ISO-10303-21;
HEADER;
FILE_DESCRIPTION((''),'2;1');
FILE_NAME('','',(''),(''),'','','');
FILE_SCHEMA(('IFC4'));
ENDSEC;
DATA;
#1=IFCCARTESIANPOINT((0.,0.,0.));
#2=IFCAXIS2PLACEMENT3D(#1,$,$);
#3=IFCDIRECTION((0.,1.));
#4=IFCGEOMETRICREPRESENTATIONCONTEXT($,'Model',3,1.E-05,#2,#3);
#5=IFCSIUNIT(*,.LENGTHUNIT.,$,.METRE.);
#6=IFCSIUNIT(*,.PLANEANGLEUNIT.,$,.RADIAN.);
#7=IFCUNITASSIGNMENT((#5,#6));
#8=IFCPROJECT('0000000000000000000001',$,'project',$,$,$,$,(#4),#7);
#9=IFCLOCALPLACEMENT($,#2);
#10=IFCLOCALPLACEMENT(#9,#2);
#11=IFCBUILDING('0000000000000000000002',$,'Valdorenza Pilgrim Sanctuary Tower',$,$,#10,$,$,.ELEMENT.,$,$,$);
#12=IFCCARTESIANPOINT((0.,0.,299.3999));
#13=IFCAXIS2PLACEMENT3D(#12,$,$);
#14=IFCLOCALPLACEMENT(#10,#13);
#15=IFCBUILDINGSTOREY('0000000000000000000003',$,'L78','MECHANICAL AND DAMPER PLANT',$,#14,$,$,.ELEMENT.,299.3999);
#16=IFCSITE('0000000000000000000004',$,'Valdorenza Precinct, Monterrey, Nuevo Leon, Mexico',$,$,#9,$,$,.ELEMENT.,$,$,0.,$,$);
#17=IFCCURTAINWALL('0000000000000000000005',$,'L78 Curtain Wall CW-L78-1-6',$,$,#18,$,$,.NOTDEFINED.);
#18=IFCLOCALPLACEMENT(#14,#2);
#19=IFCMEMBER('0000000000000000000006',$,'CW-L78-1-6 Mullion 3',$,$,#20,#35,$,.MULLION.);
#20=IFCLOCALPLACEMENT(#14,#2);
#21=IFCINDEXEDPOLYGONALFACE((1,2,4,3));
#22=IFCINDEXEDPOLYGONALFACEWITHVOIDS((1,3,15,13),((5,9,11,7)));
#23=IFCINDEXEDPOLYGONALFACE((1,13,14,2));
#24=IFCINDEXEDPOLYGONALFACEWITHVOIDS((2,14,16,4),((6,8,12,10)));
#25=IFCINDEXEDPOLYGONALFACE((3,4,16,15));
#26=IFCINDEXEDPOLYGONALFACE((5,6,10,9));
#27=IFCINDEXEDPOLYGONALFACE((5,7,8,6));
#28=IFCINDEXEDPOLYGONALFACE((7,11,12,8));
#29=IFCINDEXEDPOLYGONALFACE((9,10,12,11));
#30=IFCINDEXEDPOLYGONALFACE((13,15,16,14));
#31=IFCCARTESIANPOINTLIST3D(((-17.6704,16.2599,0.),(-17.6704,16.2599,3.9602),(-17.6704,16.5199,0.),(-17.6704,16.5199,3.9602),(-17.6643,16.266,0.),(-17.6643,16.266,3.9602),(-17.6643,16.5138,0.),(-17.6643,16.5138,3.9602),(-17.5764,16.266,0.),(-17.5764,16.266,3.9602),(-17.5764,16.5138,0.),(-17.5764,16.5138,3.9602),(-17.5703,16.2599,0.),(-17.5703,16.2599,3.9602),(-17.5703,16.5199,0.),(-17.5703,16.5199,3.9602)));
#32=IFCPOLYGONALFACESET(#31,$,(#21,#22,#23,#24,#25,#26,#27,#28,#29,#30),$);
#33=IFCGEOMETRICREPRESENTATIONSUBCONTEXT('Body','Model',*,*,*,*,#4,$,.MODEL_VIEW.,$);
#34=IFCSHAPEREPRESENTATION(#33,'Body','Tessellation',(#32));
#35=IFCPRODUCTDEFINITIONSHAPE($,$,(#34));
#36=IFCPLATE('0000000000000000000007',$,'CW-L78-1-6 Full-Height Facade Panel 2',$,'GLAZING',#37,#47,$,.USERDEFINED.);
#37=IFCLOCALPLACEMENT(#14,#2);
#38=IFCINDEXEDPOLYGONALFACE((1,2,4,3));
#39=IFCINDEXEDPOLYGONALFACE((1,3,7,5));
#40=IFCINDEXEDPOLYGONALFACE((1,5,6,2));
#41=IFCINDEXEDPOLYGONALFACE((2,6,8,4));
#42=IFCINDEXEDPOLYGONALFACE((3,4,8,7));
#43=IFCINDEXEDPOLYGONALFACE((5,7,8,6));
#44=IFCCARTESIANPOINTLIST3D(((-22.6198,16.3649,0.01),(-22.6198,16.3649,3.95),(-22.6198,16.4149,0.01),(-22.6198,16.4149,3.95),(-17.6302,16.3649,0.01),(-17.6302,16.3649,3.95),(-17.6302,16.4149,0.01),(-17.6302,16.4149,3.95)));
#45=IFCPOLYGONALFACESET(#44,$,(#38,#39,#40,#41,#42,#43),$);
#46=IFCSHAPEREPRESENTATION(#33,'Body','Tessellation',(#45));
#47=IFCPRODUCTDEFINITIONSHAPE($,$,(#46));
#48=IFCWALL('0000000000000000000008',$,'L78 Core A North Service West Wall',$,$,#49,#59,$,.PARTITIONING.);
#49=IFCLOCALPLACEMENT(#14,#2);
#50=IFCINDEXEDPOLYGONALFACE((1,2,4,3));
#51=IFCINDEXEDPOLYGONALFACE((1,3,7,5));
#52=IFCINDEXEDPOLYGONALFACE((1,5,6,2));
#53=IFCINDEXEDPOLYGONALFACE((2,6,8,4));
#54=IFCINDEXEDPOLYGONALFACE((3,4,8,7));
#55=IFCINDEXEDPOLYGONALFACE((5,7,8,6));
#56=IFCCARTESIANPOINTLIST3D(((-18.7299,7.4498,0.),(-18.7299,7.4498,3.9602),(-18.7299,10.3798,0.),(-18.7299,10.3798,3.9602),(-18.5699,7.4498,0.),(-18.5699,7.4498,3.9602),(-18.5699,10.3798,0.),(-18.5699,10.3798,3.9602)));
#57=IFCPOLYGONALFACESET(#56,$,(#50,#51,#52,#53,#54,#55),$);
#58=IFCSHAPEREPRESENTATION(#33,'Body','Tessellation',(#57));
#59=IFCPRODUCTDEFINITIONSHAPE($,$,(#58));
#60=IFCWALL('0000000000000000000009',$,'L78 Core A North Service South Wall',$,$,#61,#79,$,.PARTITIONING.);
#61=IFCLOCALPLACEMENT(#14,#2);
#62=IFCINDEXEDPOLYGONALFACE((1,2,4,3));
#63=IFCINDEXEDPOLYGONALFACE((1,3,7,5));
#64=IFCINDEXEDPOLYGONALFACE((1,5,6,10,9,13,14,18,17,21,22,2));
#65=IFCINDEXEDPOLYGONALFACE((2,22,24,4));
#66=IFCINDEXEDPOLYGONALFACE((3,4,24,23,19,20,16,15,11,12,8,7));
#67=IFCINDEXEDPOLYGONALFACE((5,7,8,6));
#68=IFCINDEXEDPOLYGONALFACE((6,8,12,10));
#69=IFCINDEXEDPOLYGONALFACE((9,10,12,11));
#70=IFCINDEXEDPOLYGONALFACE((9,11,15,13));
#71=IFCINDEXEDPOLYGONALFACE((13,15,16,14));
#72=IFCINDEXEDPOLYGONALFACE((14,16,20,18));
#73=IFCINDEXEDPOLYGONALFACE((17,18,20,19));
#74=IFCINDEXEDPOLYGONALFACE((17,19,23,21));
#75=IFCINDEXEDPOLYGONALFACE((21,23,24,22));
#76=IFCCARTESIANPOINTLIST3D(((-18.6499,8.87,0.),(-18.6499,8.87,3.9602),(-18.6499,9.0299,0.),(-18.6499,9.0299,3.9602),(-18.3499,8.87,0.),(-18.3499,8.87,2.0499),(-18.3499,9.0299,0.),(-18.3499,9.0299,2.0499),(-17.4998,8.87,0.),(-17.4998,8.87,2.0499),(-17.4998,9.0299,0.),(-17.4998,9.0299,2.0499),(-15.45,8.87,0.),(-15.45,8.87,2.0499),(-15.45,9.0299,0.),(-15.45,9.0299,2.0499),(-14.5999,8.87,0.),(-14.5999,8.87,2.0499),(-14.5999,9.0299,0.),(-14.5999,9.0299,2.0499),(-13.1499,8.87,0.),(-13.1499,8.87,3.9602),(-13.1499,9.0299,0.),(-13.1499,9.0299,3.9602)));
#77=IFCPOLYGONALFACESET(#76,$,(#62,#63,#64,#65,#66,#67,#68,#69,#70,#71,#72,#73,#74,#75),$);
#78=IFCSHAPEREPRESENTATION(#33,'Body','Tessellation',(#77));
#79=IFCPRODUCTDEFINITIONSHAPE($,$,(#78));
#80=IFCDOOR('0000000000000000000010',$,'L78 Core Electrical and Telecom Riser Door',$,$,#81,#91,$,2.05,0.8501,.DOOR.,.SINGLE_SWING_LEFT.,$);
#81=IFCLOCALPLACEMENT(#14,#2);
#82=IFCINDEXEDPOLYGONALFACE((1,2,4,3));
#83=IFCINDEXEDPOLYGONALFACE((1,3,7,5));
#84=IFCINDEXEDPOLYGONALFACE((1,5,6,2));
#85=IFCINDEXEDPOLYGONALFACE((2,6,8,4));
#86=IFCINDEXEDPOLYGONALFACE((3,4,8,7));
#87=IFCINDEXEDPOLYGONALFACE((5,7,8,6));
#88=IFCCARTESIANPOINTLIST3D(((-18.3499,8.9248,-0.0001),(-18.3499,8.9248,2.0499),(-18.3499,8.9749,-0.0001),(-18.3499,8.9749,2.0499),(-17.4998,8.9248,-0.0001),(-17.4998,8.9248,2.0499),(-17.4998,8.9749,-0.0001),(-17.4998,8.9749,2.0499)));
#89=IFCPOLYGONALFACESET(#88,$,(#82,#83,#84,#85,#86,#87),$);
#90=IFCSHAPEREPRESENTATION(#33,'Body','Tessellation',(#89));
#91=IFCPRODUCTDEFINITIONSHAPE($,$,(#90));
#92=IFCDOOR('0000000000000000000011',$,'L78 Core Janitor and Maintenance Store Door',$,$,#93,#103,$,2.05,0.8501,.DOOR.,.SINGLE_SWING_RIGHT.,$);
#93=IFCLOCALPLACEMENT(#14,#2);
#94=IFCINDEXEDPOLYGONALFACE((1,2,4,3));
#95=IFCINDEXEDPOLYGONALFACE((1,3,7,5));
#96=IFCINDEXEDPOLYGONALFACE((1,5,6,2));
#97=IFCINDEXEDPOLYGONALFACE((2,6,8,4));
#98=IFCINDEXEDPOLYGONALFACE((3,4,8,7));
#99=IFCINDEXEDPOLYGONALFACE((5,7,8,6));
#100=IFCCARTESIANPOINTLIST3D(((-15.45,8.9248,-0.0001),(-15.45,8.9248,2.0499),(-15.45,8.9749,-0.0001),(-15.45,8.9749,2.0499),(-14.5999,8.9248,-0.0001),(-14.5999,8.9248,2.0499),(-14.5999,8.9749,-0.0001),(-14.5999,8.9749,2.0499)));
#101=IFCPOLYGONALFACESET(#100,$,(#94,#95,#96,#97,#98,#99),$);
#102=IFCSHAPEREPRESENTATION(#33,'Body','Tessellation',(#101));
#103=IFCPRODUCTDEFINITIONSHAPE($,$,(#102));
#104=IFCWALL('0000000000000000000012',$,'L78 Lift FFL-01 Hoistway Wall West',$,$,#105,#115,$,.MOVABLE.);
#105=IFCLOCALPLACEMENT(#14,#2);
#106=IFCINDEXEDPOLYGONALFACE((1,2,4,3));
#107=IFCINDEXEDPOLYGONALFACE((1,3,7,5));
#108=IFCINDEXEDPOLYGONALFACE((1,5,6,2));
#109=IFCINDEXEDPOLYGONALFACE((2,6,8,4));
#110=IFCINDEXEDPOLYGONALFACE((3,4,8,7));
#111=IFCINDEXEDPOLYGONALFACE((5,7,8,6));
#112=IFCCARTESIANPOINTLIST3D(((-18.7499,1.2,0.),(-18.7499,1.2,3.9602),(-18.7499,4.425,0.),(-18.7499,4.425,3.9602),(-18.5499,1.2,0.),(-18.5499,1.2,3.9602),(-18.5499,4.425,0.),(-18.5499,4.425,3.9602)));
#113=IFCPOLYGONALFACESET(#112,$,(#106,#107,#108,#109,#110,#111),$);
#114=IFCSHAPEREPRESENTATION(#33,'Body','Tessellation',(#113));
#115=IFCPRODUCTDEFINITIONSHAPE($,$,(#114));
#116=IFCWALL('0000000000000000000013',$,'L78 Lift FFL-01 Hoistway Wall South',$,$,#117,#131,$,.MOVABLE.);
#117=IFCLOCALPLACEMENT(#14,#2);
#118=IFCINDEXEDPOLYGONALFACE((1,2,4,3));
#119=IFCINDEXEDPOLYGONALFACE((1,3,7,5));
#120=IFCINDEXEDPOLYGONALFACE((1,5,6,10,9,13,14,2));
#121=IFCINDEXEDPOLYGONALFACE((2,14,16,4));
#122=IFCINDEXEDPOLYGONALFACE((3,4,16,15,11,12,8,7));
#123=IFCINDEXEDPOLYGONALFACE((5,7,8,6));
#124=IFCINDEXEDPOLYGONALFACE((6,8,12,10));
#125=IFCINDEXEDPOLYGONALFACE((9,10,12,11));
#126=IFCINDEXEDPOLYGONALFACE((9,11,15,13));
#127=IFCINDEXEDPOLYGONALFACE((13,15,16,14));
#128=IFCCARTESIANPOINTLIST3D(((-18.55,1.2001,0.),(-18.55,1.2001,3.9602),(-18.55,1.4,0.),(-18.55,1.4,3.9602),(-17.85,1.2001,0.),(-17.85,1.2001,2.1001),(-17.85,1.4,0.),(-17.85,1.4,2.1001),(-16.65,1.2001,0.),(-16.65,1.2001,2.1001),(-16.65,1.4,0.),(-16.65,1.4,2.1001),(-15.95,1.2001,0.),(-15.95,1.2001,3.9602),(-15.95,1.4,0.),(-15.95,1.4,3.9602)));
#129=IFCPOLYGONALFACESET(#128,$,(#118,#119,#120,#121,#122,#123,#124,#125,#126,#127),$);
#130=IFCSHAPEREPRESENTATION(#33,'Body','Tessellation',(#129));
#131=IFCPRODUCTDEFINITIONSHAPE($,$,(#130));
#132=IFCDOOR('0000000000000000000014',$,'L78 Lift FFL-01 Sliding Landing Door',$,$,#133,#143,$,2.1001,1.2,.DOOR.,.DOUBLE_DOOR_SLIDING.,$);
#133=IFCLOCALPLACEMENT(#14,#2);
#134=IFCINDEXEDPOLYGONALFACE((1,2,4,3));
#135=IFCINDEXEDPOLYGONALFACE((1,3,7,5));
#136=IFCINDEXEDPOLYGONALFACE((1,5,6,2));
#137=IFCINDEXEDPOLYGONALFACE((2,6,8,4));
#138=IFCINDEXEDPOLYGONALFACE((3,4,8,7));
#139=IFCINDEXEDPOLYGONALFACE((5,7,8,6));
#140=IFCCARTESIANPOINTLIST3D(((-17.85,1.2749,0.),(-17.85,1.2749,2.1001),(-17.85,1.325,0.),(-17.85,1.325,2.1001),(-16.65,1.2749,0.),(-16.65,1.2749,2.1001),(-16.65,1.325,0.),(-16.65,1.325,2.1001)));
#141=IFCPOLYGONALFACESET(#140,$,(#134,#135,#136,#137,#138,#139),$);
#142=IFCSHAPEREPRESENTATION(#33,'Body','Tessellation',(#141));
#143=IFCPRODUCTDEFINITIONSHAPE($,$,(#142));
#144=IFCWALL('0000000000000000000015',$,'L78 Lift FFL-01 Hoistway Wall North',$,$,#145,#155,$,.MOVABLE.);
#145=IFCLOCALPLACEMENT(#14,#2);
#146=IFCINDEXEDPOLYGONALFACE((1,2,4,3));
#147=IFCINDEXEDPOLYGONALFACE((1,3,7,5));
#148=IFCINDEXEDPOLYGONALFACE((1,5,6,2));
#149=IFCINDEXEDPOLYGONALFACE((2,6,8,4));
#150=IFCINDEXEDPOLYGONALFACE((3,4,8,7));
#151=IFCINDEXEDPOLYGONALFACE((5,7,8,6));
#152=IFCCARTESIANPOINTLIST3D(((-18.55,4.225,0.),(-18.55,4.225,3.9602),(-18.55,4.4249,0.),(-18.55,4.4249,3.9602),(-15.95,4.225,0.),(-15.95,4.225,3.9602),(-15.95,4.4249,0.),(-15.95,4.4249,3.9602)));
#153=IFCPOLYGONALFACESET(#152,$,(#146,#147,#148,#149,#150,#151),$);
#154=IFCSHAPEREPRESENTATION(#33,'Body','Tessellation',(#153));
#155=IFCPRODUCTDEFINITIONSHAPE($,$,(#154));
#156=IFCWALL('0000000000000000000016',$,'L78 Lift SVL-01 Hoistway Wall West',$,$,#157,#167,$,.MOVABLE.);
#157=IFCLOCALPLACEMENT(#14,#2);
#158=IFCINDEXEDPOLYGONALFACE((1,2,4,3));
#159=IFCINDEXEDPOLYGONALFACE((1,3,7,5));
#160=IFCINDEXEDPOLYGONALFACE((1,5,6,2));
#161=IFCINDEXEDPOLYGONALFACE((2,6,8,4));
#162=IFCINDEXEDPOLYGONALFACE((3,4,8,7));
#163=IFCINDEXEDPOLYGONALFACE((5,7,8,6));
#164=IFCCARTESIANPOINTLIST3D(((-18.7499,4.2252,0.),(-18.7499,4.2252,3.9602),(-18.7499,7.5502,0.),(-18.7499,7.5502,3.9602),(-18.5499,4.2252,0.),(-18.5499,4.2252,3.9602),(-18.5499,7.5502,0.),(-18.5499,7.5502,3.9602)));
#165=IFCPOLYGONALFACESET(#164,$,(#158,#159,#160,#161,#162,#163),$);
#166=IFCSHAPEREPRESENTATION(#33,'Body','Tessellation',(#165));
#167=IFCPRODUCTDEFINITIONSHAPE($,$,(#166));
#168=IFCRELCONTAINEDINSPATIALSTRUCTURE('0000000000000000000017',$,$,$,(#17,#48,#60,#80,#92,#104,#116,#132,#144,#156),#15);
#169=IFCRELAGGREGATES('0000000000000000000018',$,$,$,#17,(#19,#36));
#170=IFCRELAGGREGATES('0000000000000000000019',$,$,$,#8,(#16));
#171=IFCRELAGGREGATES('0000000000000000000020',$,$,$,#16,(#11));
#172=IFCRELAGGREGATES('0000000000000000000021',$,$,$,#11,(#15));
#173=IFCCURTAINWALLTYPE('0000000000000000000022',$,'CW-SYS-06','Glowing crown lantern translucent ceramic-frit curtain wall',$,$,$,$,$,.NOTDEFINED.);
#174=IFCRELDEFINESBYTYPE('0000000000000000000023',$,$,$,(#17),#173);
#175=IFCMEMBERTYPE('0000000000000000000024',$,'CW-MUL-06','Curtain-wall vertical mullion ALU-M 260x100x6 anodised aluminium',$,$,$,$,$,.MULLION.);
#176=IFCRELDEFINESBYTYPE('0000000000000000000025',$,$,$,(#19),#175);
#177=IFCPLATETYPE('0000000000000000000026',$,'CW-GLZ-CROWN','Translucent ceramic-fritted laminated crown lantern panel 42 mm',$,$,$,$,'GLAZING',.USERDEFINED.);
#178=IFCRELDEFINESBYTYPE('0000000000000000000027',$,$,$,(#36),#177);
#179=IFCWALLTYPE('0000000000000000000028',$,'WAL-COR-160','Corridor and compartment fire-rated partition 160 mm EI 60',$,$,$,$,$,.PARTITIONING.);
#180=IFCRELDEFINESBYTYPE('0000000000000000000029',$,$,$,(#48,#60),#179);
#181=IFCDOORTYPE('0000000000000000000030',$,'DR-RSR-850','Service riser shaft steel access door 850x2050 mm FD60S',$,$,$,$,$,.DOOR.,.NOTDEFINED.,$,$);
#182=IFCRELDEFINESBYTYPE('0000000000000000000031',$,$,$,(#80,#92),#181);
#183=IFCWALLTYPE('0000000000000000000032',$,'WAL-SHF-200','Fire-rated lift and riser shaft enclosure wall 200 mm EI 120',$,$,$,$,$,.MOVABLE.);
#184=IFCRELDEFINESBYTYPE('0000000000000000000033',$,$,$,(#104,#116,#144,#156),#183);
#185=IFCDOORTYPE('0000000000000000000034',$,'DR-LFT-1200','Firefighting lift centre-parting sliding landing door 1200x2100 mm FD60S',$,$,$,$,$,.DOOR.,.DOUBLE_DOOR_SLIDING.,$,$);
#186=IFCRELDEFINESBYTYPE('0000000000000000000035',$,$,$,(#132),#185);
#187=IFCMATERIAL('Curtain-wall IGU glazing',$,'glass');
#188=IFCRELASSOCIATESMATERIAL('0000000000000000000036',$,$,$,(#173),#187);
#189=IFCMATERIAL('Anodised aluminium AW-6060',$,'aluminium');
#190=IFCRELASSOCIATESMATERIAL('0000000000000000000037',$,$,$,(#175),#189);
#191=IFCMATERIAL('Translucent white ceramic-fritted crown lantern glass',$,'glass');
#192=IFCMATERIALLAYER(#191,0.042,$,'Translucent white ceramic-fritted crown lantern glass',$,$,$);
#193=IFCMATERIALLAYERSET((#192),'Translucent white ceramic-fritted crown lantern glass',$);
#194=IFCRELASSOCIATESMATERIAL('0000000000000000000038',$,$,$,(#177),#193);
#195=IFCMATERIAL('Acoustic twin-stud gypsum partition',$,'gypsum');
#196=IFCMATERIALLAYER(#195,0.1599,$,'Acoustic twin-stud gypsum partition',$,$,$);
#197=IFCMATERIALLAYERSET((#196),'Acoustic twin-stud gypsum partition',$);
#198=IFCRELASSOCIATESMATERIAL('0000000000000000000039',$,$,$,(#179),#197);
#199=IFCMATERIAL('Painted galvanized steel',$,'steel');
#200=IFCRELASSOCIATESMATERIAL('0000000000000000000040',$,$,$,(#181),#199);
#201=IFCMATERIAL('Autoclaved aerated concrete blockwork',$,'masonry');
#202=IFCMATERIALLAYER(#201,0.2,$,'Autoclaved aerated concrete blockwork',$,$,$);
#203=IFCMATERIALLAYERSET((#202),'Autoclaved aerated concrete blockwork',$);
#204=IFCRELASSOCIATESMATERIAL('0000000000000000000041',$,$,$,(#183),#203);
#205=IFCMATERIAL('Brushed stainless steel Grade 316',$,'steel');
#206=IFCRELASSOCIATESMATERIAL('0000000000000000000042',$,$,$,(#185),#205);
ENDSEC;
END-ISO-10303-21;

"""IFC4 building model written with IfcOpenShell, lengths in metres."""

from ifc_helpers import new_model, si_unit, direction, frame, frame_2d, origin, origin_2d, place, context, subcontext, project, spatial, rectangle, hollow_rectangle, extrude, source, transform, mapped, material, layer, layer_set, material_profile, profile_set, type_object, element, fill, aggregate, save


model = new_model("IFC4")

# Units and contexts
model_context = context("Model", 3, precision=1e-05, world=origin(), true_north=direction((0.0, 1.0)))
body_context = subcontext(model_context, "Body", "Model", "MODEL_VIEW")
ifc_project = project(units=[si_unit("LENGTHUNIT", "METRE"), si_unit("PLANEANGLEUNIT", "RADIAN")], contexts=[model_context])

# Site, building, storey
site_placement = place(None, origin())
site = spatial("IfcSite", under=ifc_project, at=site_placement, Name="Valdorenza Precinct, Monterrey, Nuevo Leon, Mexico", CompositionType="ELEMENT", RefElevation=0.0)
building_placement = place(site_placement, origin())
building = spatial("IfcBuilding", under=site, at=building_placement, Name="Valdorenza Pilgrim Sanctuary Tower", CompositionType="ELEMENT")
storey_placement = place(building_placement, frame((0.0, 0.0, 299.3999)))
storey = spatial("IfcBuildingStorey", under=building, at=storey_placement, Name="L78", Description="MECHANICAL AND DAMPER PLANT", CompositionType="ELEMENT", Elevation=299.3999)

# Curtain wall, member, plate
ifc_material_1 = material(Name="Curtain-wall IGU glazing", Category="glass")
curtain_wall_type = type_object("IfcCurtainWallType", Name="CW-SYS-06", Description="Glowing crown lantern translucent ceramic-frit curtain wall", PredefinedType="NOTDEFINED", material=ifc_material_1)
curtain_wall_placement = place(storey_placement, origin())
curtain_wall = element("IfcCurtainWall", 1, at=curtain_wall_placement, inside=storey, type_object=curtain_wall_type, Name="L78 Curtain Wall CW-L78-1-6", PredefinedType="NOTDEFINED")
ifc_material_2 = material(Name="Anodised aluminium AW-6060", Category="aluminium")
ifc_material_profile = material_profile(ifc_material_2, hollow_rectangle(XDim=0.1001, YDim=0.26, WallThickness=0.0061, at=origin_2d()), Name="ALU-M 260x100x6")
ifc_profile_set = profile_set([ifc_material_profile], Name="Anodised aluminium AW-6060")
member_type = type_object("IfcMemberType", Name="CW-MUL-06", Description="Curtain-wall vertical mullion ALU-M 260x100x6 anodised aluminium", PredefinedType="MULLION", material=ifc_profile_set)
shared_shape_1 = source(origin(), body_context, "Body", "SweptSolid", [
    extrude(hollow_rectangle(XDim=0.1001, YDim=0.26, WallThickness=0.0061, at=origin_2d()), origin(), (0.0, 0.0, 1.0), 3.9602),
])
member_placement = place(storey_placement, frame((-17.6204, 16.3899, 0.0), z_axis=(0.0, 0.0, 1.0), x_axis=(1.0, 0.0, 0.0)))
member = element("IfcMember", 2, at=member_placement, type_object=member_type, Name="CW-L78-1-6 Mullion 3", PredefinedType="MULLION", context=body_context, shape_type="MappedRepresentation", body=[
    mapped(shared_shape_1, transform((0.0, 0.0, 0.0), x_axis=(1.0, 0.0, 0.0), y_axis=(0.0, 1.0, 0.0), z_axis=(0.0, 0.0, 1.0), scale=1.0)),
])
ifc_material_3 = material(Name="Translucent white ceramic-fritted crown lantern glass", Category="glass")
ifc_layer_1 = layer(ifc_material_3, 0.042, Name="Translucent white ceramic-fritted crown lantern glass")
ifc_layer_set_1 = layer_set([ifc_layer_1], Name="Translucent white ceramic-fritted crown lantern glass")
plate_type = type_object("IfcPlateType", Name="CW-GLZ-CROWN", Description="Translucent ceramic-fritted laminated crown lantern panel 42 mm", ElementType="GLAZING", PredefinedType="USERDEFINED", material=ifc_layer_set_1)
shared_shape_2 = source(origin(), body_context, "Body", "SweptSolid", [
    extrude(rectangle(XDim=4.9895, YDim=0.05, at=origin_2d()), origin(), (0.0, 0.0, 1.0), 3.9399),
])
plate_placement = place(storey_placement, frame((-20.125, 16.3899, 0.01), z_axis=(0.0, 0.0, 1.0), x_axis=(1.0, 0.0, 0.0)))
plate = element("IfcPlate", 3, at=plate_placement, type_object=plate_type, Name="CW-L78-1-6 Full-Height Facade Panel 2", ObjectType="GLAZING", PredefinedType="USERDEFINED", context=body_context, shape_type="MappedRepresentation", body=[
    mapped(shared_shape_2, transform((0.0, 0.0, 0.0), x_axis=(1.0, 0.0, 0.0), y_axis=(0.0, 1.0, 0.0), z_axis=(0.0, 0.0, 1.0), scale=1.0)),
])
aggregate(curtain_wall, [member, plate])

# Wall
ifc_material_4 = material(Name="Acoustic twin-stud gypsum partition", Category="gypsum")
ifc_layer_2 = layer(ifc_material_4, 0.1599, Name="Acoustic twin-stud gypsum partition")
ifc_layer_set_2 = layer_set([ifc_layer_2], Name="Acoustic twin-stud gypsum partition")
wall_type_1 = type_object("IfcWallType", Name="WAL-COR-160", Description="Corridor and compartment fire-rated partition 160 mm EI 60", PredefinedType="PARTITIONING", material=ifc_layer_set_2)
wall_1_placement = place(storey_placement, frame((-18.6499, 7.45, 0.0), z_axis=(0.0, 0.0, 1.0), x_axis=(0.0, 1.0, 0.0)))
element("IfcWall", 4, at=wall_1_placement, inside=storey, type_object=wall_type_1, Name="L78 Core A North Service West Wall", PredefinedType="PARTITIONING", context=body_context, shape_type="SweptSolid", body=[
    extrude(rectangle(XDim=2.9299, YDim=0.1599, at=frame_2d((1.4648, 0.0))), origin(), (0.0, 0.0, 1.0), 3.9602),
])

# Wall, openings, doors
wall_2_placement = place(storey_placement, frame((-18.6499, 8.95, 0.0), z_axis=(0.0, 0.0, 1.0), x_axis=(1.0, 0.0, 0.0)))
wall_2 = element("IfcWall", 5, at=wall_2_placement, inside=storey, type_object=wall_type_1, Name="L78 Core A North Service South Wall", PredefinedType="PARTITIONING", context=body_context, shape_type="SweptSolid", body=[
    extrude(rectangle(XDim=5.5, YDim=0.1599, at=frame_2d((2.75, 0.0))), origin(), (0.0, 0.0, 1.0), 3.9602),
])
opening_1_placement = place(wall_2_placement, frame((0.3, 0.0, 0.0)))
opening_1 = element("IfcOpeningElement", 6, at=opening_1_placement, cuts=wall_2, PredefinedType="OPENING", context=body_context, shape_type="SweptSolid", body=[
    extrude(rectangle(XDim=0.8501, YDim=2.05, at=frame_2d((0.425, 1.0249))), frame((0.0, 0.0947, 0.0), z_axis=(0.0, -1.0, 0.0), x_axis=(1.0, 0.0, 0.0)), (0.0, 0.0, 1.0), 0.1897),
])
opening_2_placement = place(wall_2_placement, frame((3.2, 0.0, 0.0)))
opening_2 = element("IfcOpeningElement", 7, at=opening_2_placement, cuts=wall_2, PredefinedType="OPENING", context=body_context, shape_type="SweptSolid", body=[
    extrude(rectangle(XDim=0.8501, YDim=2.05, at=frame_2d((0.425, 1.0249))), frame((0.0, 0.0947, 0.0), z_axis=(0.0, -1.0, 0.0), x_axis=(1.0, 0.0, 0.0)), (0.0, 0.0, 1.0), 0.1897),
])
ifc_material_5 = material(Name="Painted galvanized steel", Category="steel")
door_type_1 = type_object("IfcDoorType", Name="DR-RSR-850", Description="Service riser shaft steel access door 850x2050 mm FD60S", OperationType="NOTDEFINED", PredefinedType="DOOR", material=ifc_material_5)
door_1_placement = place(opening_1_placement, origin())
door_1 = element("IfcDoor", 8, at=door_1_placement, inside=storey, type_object=door_type_1, Name="L78 Core Electrical and Telecom Riser Door", OperationType="SINGLE_SWING_LEFT", OverallHeight=2.05, OverallWidth=0.8501, PredefinedType="DOOR", context=body_context, shape_type="SweptSolid", body=[
    extrude(rectangle(XDim=0.8501, YDim=2.05, at=frame_2d((0.425, 1.0249))), frame((0.0, 0.0249, 0.0), z_axis=(0.0, -1.0, 0.0), x_axis=(1.0, 0.0, 0.0)), (0.0, 0.0, 1.0), 0.05),
])
fill(opening_1, door_1)
door_2_placement = place(opening_2_placement, origin())
door_2 = element("IfcDoor", 9, at=door_2_placement, inside=storey, type_object=door_type_1, Name="L78 Core Janitor and Maintenance Store Door", OperationType="SINGLE_SWING_RIGHT", OverallHeight=2.05, OverallWidth=0.8501, PredefinedType="DOOR", context=body_context, shape_type="SweptSolid", body=[
    extrude(rectangle(XDim=0.8501, YDim=2.05, at=frame_2d((0.425, 1.0249))), frame((0.0, 0.0249, 0.0), z_axis=(0.0, -1.0, 0.0), x_axis=(1.0, 0.0, 0.0)), (0.0, 0.0, 1.0), 0.05),
])
fill(opening_2, door_2)

# Wall
ifc_material_6 = material(Name="Autoclaved aerated concrete blockwork", Category="masonry")
ifc_layer_3 = layer(ifc_material_6, 0.2, Name="Autoclaved aerated concrete blockwork")
ifc_layer_set_3 = layer_set([ifc_layer_3], Name="Autoclaved aerated concrete blockwork")
wall_type_2 = type_object("IfcWallType", Name="WAL-SHF-200", Description="Fire-rated lift and riser shaft enclosure wall 200 mm EI 120", PredefinedType="MOVABLE", material=ifc_layer_set_3)
wall_3_placement = place(storey_placement, frame((-18.6499, 1.2, 0.0), z_axis=(0.0, 0.0, 1.0), x_axis=(0.0, 1.0, 0.0)))
element("IfcWall", 10, at=wall_3_placement, inside=storey, type_object=wall_type_2, Name="L78 Lift FFL-01 Hoistway Wall West", PredefinedType="MOVABLE", context=body_context, shape_type="SweptSolid", body=[
    extrude(rectangle(XDim=3.2251, YDim=0.2, at=frame_2d((1.6125, 0.0))), origin(), (0.0, 0.0, 1.0), 3.9602),
])

# Wall, opening, door
wall_4_placement = place(storey_placement, frame((-18.55, 1.3, 0.0), z_axis=(0.0, 0.0, 1.0), x_axis=(1.0, 0.0, 0.0)))
wall_4 = element("IfcWall", 11, at=wall_4_placement, inside=storey, type_object=wall_type_2, Name="L78 Lift FFL-01 Hoistway Wall South", PredefinedType="MOVABLE", context=body_context, shape_type="SweptSolid", body=[
    extrude(rectangle(XDim=2.6001, YDim=0.2, at=frame_2d((1.3, 0.0))), origin(), (0.0, 0.0, 1.0), 3.9602),
])
opening_3_placement = place(wall_4_placement, frame((0.7, 0.0, 0.0)))
opening_3 = element("IfcOpeningElement", 12, at=opening_3_placement, cuts=wall_4, PredefinedType="OPENING", context=body_context, shape_type="SweptSolid", body=[
    extrude(rectangle(XDim=1.2, YDim=2.1001, at=frame_2d((0.6001, 1.05))), frame((0.0, 0.1147, 0.0), z_axis=(0.0, -1.0, 0.0), x_axis=(1.0, 0.0, 0.0)), (0.0, 0.0, 1.0), 0.2297),
])
ifc_material_7 = material(Name="Brushed stainless steel Grade 316", Category="steel")
door_type_2 = type_object("IfcDoorType", Name="DR-LFT-1200", Description="Firefighting lift centre-parting sliding landing door 1200x2100 mm FD60S", OperationType="DOUBLE_DOOR_SLIDING", PredefinedType="DOOR", material=ifc_material_7)
door_3_placement = place(opening_3_placement, origin())
door_3 = element("IfcDoor", 13, at=door_3_placement, inside=storey, type_object=door_type_2, Name="L78 Lift FFL-01 Sliding Landing Door", OperationType="DOUBLE_DOOR_SLIDING", OverallHeight=2.1001, OverallWidth=1.2, PredefinedType="DOOR", context=body_context, shape_type="SweptSolid", body=[
    extrude(rectangle(XDim=1.2, YDim=2.1001, at=frame_2d((0.6001, 1.05))), frame((0.0, 0.0249, 0.0), z_axis=(0.0, -1.0, 0.0), x_axis=(1.0, 0.0, 0.0)), (0.0, 0.0, 1.0), 0.05),
])
fill(opening_3, door_3)

# Walls
wall_5_placement = place(storey_placement, frame((-18.55, 4.325, 0.0), z_axis=(0.0, 0.0, 1.0), x_axis=(1.0, 0.0, 0.0)))
element("IfcWall", 14, at=wall_5_placement, inside=storey, type_object=wall_type_2, Name="L78 Lift FFL-01 Hoistway Wall North", PredefinedType="MOVABLE", context=body_context, shape_type="SweptSolid", body=[
    extrude(rectangle(XDim=2.6001, YDim=0.2, at=frame_2d((1.3, 0.0))), origin(), (0.0, 0.0, 1.0), 3.9602),
])
wall_6_placement = place(storey_placement, frame((-18.6499, 4.2251, 0.0), z_axis=(0.0, 0.0, 1.0), x_axis=(0.0, 1.0, 0.0)))
element("IfcWall", 15, at=wall_6_placement, inside=storey, type_object=wall_type_2, Name="L78 Lift SVL-01 Hoistway Wall West", PredefinedType="MOVABLE", context=body_context, shape_type="SweptSolid", body=[
    extrude(rectangle(XDim=3.325, YDim=0.2, at=frame_2d((1.6626, 0.0))), origin(), (0.0, 0.0, 1.0), 3.9602),
])

save(model, "model.ifc")
